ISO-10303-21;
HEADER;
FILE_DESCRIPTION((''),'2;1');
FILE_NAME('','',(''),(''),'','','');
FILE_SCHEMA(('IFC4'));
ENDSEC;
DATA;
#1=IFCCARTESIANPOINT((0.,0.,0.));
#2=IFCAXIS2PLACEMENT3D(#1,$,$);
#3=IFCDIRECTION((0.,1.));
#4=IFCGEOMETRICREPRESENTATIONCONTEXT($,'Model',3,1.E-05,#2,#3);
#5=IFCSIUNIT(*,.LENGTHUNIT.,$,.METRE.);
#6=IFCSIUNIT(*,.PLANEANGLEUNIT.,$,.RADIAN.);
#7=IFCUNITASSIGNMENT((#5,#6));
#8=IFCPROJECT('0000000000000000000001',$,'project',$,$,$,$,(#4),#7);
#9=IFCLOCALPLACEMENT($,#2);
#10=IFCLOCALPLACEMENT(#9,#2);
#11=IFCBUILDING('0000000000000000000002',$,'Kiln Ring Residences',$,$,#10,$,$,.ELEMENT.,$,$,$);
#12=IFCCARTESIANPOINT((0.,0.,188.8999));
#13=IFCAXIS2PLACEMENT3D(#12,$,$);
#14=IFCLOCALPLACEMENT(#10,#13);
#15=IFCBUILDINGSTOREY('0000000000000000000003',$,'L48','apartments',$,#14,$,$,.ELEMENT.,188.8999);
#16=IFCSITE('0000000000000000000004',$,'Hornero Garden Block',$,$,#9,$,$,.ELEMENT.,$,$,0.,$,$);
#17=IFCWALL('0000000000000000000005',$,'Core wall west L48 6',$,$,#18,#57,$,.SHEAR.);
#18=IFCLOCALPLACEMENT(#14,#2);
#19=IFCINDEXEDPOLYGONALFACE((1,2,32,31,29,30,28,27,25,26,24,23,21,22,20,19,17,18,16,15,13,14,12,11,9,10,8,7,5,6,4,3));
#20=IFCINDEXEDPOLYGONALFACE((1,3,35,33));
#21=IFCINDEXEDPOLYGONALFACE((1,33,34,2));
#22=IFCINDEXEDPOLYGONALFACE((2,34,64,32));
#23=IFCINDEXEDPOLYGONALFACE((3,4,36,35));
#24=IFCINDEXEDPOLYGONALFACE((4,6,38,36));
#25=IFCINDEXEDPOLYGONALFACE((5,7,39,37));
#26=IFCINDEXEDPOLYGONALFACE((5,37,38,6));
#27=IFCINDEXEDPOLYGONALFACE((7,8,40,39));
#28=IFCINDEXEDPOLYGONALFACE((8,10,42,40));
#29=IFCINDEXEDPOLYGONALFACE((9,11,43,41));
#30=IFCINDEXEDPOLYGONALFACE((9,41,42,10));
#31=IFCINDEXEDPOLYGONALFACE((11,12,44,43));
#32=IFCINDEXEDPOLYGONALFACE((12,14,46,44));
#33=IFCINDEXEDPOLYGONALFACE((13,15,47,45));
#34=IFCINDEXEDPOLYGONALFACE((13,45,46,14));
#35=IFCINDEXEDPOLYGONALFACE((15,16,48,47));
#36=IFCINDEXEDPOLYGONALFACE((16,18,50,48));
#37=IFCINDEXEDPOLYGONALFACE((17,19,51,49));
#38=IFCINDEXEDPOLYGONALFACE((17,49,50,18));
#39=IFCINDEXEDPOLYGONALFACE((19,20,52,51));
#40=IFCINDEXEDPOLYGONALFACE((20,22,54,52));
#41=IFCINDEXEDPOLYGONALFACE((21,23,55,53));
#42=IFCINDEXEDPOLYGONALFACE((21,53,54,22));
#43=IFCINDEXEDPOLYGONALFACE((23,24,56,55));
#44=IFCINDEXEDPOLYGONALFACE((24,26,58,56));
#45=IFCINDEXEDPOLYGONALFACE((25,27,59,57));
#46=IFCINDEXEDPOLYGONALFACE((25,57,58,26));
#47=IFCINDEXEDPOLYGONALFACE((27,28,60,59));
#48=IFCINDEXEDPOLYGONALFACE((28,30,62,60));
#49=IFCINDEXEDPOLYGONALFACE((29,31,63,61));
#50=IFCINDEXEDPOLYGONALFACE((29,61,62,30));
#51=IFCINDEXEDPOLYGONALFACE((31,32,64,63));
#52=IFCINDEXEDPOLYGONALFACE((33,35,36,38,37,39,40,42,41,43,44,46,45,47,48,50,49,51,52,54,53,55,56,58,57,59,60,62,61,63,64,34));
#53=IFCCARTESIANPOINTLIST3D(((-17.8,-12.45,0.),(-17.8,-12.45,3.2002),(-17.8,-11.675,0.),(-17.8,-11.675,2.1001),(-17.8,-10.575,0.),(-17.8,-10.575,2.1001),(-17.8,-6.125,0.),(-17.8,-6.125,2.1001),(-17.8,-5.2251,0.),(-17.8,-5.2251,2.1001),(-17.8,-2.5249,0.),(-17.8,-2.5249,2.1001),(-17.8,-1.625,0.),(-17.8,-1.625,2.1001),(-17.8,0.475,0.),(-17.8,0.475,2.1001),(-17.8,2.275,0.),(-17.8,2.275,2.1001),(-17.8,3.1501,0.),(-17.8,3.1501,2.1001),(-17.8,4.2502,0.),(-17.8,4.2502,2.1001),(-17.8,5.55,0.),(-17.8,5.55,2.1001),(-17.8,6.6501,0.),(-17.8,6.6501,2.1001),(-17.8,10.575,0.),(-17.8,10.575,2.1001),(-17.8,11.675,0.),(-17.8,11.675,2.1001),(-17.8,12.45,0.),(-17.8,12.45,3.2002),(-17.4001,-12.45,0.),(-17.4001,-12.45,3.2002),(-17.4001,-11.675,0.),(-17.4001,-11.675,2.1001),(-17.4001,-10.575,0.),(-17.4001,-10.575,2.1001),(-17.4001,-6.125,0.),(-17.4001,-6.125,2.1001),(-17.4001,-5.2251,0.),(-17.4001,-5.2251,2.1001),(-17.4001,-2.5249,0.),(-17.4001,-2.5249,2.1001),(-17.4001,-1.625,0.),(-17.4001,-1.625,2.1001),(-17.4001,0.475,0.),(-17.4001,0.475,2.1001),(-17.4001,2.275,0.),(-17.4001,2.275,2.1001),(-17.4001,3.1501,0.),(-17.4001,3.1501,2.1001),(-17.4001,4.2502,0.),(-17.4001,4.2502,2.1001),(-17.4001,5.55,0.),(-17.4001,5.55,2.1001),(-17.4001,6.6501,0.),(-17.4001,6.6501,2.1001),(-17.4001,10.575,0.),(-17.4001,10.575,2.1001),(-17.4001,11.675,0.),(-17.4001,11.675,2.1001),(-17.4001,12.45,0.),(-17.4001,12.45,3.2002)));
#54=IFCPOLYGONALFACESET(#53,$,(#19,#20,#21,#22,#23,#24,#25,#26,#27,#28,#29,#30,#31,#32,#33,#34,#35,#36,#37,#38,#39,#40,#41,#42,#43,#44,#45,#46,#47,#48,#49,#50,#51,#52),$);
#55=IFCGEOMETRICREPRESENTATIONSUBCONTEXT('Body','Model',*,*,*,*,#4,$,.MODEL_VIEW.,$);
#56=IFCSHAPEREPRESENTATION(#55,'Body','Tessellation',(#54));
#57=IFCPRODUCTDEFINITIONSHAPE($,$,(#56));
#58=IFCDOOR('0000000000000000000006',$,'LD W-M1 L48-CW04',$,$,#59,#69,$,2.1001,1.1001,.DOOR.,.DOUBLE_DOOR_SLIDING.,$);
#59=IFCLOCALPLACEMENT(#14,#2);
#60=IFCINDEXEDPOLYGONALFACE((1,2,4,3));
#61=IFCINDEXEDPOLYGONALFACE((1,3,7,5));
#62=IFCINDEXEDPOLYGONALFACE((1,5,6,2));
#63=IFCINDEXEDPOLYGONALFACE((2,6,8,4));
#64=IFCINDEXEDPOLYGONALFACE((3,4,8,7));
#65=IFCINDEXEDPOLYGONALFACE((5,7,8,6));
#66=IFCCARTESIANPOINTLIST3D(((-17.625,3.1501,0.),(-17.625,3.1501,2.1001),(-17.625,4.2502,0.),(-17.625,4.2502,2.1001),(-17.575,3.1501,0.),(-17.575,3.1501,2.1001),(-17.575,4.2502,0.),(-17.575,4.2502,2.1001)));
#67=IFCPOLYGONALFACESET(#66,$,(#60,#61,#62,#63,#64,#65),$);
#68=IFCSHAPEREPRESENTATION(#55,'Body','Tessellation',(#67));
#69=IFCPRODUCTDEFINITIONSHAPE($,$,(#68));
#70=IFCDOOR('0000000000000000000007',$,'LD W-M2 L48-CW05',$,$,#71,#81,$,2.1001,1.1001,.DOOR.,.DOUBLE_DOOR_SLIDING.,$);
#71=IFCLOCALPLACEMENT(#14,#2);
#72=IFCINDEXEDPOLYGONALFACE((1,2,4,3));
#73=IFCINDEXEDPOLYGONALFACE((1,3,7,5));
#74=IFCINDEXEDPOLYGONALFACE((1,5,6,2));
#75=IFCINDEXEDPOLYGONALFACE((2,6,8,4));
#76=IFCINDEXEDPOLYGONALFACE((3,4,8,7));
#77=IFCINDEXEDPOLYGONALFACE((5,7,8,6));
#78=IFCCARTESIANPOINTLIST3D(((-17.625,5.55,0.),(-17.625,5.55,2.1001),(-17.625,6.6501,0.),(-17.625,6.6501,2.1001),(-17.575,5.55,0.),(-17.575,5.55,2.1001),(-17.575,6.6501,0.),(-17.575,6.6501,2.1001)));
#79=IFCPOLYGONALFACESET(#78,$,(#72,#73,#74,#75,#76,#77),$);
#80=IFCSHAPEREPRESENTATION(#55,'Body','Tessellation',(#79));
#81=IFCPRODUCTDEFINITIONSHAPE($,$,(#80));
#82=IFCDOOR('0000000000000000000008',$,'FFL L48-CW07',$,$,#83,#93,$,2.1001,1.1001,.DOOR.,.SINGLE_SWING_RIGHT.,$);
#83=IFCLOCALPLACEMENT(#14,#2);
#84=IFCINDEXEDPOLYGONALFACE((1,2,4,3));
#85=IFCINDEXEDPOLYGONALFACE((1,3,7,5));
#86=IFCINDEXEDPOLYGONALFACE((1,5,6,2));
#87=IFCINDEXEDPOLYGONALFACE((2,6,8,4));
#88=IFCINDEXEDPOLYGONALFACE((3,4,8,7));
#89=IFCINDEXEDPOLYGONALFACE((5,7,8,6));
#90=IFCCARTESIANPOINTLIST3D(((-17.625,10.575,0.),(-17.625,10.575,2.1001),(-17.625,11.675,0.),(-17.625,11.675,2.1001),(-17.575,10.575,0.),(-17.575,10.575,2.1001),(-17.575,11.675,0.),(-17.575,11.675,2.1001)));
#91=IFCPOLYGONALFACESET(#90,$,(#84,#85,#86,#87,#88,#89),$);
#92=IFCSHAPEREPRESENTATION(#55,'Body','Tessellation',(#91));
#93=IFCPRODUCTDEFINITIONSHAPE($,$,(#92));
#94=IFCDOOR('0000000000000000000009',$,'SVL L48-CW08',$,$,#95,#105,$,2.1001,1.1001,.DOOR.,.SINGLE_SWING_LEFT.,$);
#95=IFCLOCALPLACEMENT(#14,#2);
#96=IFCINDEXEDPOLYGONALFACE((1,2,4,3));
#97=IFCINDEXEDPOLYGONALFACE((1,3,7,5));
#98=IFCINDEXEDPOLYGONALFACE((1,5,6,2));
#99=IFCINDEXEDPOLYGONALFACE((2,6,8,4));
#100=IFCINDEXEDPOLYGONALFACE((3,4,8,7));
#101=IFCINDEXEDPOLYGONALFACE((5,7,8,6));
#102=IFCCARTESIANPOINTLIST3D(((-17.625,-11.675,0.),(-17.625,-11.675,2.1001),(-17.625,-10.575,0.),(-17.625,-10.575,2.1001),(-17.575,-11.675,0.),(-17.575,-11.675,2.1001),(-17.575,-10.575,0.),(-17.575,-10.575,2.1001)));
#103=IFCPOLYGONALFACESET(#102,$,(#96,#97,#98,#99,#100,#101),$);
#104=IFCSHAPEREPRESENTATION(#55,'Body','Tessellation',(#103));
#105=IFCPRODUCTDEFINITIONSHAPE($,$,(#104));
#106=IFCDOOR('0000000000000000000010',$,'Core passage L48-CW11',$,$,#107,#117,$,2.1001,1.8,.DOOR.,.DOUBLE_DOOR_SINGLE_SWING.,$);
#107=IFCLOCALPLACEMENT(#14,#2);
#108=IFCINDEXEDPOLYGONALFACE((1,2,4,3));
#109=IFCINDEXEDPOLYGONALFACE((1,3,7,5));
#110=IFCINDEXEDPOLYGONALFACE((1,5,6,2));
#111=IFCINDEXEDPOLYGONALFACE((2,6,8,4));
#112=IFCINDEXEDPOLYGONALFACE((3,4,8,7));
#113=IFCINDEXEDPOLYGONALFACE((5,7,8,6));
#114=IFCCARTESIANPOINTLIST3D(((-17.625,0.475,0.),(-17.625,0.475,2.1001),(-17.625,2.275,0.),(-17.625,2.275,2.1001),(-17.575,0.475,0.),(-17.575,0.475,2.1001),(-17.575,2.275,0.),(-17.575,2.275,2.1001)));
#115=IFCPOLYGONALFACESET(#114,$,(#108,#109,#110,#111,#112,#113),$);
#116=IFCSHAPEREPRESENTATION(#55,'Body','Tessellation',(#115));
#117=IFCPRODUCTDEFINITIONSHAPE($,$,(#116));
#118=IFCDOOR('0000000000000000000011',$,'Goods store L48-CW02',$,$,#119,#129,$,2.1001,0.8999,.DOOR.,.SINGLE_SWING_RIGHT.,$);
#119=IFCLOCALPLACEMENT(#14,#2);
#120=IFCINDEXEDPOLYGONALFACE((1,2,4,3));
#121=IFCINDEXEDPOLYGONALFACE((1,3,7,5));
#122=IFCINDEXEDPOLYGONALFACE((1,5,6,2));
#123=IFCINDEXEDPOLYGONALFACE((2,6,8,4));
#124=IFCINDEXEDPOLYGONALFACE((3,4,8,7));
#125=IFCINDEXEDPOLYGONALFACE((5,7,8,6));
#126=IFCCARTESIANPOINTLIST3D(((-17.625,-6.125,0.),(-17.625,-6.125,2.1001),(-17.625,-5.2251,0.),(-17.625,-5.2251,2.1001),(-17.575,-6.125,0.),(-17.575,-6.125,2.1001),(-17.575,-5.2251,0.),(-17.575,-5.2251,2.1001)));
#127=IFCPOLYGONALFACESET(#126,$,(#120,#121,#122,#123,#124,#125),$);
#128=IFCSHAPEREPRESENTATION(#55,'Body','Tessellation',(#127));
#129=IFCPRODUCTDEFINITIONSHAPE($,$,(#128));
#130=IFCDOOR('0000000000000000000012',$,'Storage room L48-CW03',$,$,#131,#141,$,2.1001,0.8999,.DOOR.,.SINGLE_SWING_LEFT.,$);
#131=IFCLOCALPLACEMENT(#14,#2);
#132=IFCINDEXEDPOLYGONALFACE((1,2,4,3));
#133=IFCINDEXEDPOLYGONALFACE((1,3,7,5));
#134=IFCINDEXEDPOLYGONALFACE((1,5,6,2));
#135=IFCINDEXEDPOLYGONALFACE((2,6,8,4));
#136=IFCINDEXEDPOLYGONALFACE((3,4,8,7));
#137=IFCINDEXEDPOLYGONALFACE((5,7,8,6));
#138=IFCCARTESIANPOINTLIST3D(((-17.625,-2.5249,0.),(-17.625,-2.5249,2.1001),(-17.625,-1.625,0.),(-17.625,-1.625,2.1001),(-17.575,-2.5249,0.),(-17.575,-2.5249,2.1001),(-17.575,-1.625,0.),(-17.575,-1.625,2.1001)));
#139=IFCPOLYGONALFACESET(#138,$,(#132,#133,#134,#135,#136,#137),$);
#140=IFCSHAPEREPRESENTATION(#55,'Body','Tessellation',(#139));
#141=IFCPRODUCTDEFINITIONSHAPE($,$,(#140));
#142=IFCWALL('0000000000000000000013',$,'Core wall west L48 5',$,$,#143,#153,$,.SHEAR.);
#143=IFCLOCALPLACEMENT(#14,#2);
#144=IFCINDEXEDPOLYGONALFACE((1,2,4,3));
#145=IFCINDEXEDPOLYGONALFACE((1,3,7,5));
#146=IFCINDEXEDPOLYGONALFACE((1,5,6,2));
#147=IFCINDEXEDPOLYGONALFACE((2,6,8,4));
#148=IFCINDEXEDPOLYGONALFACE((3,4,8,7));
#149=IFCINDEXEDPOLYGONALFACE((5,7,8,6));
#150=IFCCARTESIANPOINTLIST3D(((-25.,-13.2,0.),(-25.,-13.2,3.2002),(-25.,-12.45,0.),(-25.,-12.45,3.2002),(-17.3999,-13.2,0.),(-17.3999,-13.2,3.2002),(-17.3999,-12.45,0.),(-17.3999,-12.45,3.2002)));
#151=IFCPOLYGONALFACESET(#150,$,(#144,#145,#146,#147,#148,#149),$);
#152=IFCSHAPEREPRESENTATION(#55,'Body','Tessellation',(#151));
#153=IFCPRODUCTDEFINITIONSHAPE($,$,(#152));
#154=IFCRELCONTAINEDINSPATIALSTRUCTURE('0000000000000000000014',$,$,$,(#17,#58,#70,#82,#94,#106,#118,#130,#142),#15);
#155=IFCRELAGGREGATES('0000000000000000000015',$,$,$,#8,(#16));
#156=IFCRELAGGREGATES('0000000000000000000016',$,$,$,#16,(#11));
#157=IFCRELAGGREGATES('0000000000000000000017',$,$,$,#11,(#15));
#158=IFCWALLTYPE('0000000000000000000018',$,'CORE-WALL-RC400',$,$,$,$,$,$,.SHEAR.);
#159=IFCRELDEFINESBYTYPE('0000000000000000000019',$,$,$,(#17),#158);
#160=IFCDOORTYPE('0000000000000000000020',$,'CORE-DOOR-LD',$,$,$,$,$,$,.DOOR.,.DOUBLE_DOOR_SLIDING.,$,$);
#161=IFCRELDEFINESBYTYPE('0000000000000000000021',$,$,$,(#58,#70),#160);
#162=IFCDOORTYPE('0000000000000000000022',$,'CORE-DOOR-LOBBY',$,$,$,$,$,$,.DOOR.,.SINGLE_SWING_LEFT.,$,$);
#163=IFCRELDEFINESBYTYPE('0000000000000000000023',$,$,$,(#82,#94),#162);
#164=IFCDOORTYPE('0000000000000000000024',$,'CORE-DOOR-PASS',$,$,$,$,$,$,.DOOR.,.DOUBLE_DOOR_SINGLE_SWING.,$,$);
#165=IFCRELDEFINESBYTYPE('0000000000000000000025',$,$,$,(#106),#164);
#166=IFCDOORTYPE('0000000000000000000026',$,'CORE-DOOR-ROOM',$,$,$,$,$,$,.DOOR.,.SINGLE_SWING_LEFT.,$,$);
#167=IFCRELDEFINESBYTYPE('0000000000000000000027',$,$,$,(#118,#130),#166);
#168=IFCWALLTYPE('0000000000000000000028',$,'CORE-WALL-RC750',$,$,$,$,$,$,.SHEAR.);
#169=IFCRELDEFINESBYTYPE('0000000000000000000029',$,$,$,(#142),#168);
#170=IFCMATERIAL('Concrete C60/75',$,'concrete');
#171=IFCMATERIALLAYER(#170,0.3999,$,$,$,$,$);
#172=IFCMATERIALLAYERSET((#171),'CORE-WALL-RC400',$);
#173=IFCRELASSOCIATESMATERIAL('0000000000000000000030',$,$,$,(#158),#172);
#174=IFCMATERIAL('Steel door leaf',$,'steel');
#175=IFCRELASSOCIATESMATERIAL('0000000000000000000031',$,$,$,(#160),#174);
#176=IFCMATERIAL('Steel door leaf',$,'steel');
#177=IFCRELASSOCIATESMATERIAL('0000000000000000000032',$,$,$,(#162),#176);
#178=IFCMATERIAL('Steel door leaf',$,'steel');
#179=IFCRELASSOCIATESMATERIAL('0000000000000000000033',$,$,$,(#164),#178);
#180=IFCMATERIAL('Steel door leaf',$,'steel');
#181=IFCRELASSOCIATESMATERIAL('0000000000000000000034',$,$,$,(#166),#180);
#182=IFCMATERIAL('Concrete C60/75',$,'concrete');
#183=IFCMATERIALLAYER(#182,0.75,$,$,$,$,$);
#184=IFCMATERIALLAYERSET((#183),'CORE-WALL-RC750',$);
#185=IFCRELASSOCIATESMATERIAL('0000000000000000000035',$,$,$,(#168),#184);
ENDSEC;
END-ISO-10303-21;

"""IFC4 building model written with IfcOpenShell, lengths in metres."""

from ifc_helpers import new_model, si_unit, direction, frame, frame_2d, origin, place, context, subcontext, project, spatial, rectangle, extrude, material, layer, layer_set, type_object, element, fill, save


model = new_model("IFC4")

# Units and contexts
model_context = context("Model", 3, precision=1e-05, world=origin(), true_north=direction((0.0, 1.0)))
body_context = subcontext(model_context, "Body", "Model", "MODEL_VIEW")
ifc_project = project(units=[si_unit("LENGTHUNIT", "METRE"), si_unit("PLANEANGLEUNIT", "RADIAN")], contexts=[model_context])

# Site, building, storey
site_placement = place(None, origin())
site = spatial("IfcSite", under=ifc_project, at=site_placement, Name="Hornero Garden Block", CompositionType="ELEMENT", RefElevation=0.0)
building_placement = place(site_placement, origin())
building = spatial("IfcBuilding", under=site, at=building_placement, Name="Kiln Ring Residences", CompositionType="ELEMENT")
storey_placement = place(building_placement, frame((0.0, 0.0, 188.8999)))
storey = spatial("IfcBuildingStorey", under=building, at=storey_placement, Name="L48", Description="apartments", CompositionType="ELEMENT", Elevation=188.8999)

# Wall, openings, doors
ifc_material_1 = material(Name="Concrete C60/75", Category="concrete")
ifc_layer_1 = layer(ifc_material_1, 0.3999)
ifc_layer_set_1 = layer_set([ifc_layer_1], Name="CORE-WALL-RC400")
wall_type_1 = type_object("IfcWallType", Name="CORE-WALL-RC400", PredefinedType="SHEAR", material=ifc_layer_set_1)
wall_1_placement = place(storey_placement, frame((-17.6001, -12.45, 0.0), z_axis=(0.0, 0.0, 1.0), x_axis=(0.0, 1.0, 0.0)))
wall_1 = element("IfcWall", 1, at=wall_1_placement, inside=storey, type_object=wall_type_1, Name="Core wall west L48 6", PredefinedType="SHEAR", context=body_context, shape_type="SweptSolid", body=[
    extrude(rectangle(XDim=24.8999, YDim=0.3999, at=frame_2d((12.45, 0.0))), origin(), (0.0, 0.0, 1.0), 3.2002),
])
opening_1_placement = place(wall_1_placement, frame((6.325, 0.0, 0.0)))
opening_1 = element("IfcOpeningElement", 2, at=opening_1_placement, cuts=wall_1, PredefinedType="OPENING", context=body_context, shape_type="SweptSolid", body=[
    extrude(rectangle(XDim=0.8999, YDim=2.1001, at=frame_2d((0.45, 1.05))), frame((0.0, 0.21, 0.0), z_axis=(0.0, -1.0, 0.0), x_axis=(1.0, 0.0, 0.0)), (0.0, 0.0, 1.0), 0.4199),
])
opening_2_placement = place(wall_1_placement, frame((9.925, 0.0, 0.0)))
opening_2 = element("IfcOpeningElement", 3, at=opening_2_placement, cuts=wall_1, PredefinedType="OPENING", context=body_context, shape_type="SweptSolid", body=[
    extrude(rectangle(XDim=0.8999, YDim=2.1001, at=frame_2d((0.45, 1.05))), frame((0.0, 0.21, 0.0), z_axis=(0.0, -1.0, 0.0), x_axis=(1.0, 0.0, 0.0)), (0.0, 0.0, 1.0), 0.4199),
])
opening_3_placement = place(wall_1_placement, frame((15.6001, 0.0, 0.0)))
opening_3 = element("IfcOpeningElement", 4, at=opening_3_placement, cuts=wall_1, PredefinedType="OPENING", context=body_context, shape_type="SweptSolid", body=[
    extrude(rectangle(XDim=1.1001, YDim=2.1001, at=frame_2d((0.55, 1.05))), frame((0.0, 0.21, 0.0), z_axis=(0.0, -1.0, 0.0), x_axis=(1.0, 0.0, 0.0)), (0.0, 0.0, 1.0), 0.4199),
])
opening_4_placement = place(wall_1_placement, frame((18.0, 0.0, 0.0)))
opening_4 = element("IfcOpeningElement", 5, at=opening_4_placement, cuts=wall_1, PredefinedType="OPENING", context=body_context, shape_type="SweptSolid", body=[
    extrude(rectangle(XDim=1.1001, YDim=2.1001, at=frame_2d((0.55, 1.05))), frame((0.0, 0.21, 0.0), z_axis=(0.0, -1.0, 0.0), x_axis=(1.0, 0.0, 0.0)), (0.0, 0.0, 1.0), 0.4199),
])
opening_5_placement = place(wall_1_placement, frame((23.0249, 0.0, 0.0)))
opening_5 = element("IfcOpeningElement", 6, at=opening_5_placement, cuts=wall_1, PredefinedType="OPENING", context=body_context, shape_type="SweptSolid", body=[
    extrude(rectangle(XDim=1.1001, YDim=2.1001, at=frame_2d((0.55, 1.05))), frame((0.0, 0.21, 0.0), z_axis=(0.0, -1.0, 0.0), x_axis=(1.0, 0.0, 0.0)), (0.0, 0.0, 1.0), 0.4199),
])
opening_6_placement = place(wall_1_placement, frame((0.7749, 0.0, 0.0)))
opening_6 = element("IfcOpeningElement", 7, at=opening_6_placement, cuts=wall_1, PredefinedType="OPENING", context=body_context, shape_type="SweptSolid", body=[
    extrude(rectangle(XDim=1.1001, YDim=2.1001, at=frame_2d((0.55, 1.05))), frame((0.0, 0.21, 0.0), z_axis=(0.0, -1.0, 0.0), x_axis=(1.0, 0.0, 0.0)), (0.0, 0.0, 1.0), 0.4199),
])
opening_7_placement = place(wall_1_placement, frame((12.925, 0.0, 0.0)))
opening_7 = element("IfcOpeningElement", 8, at=opening_7_placement, cuts=wall_1, PredefinedType="OPENING", context=body_context, shape_type="SweptSolid", body=[
    extrude(rectangle(XDim=1.8, YDim=2.1001, at=frame_2d((0.8999, 1.05))), frame((0.0, 0.21, 0.0), z_axis=(0.0, -1.0, 0.0), x_axis=(1.0, 0.0, 0.0)), (0.0, 0.0, 1.0), 0.4199),
])
ifc_material_2 = material(Name="Steel door leaf", Category="steel")
door_type_1 = type_object("IfcDoorType", Name="CORE-DOOR-LD", OperationType="DOUBLE_DOOR_SLIDING", PredefinedType="DOOR", material=ifc_material_2)
door_1_placement = place(opening_3_placement, origin())
door_1 = element("IfcDoor", 9, at=door_1_placement, inside=storey, type_object=door_type_1, Name="LD W-M1 L48-CW04", OperationType="DOUBLE_DOOR_SLIDING", OverallHeight=2.1001, OverallWidth=1.1001, PredefinedType="DOOR", context=body_context, shape_type="SweptSolid", body=[
    extrude(rectangle(XDim=1.1001, YDim=2.1001, at=frame_2d((0.55, 1.05))), frame((0.0, 0.0249, 0.0), z_axis=(0.0, -1.0, 0.0), x_axis=(1.0, 0.0, 0.0)), (0.0, 0.0, 1.0), 0.05),
])
fill(opening_3, door_1)
door_2_placement = place(opening_4_placement, origin())
door_2 = element("IfcDoor", 10, at=door_2_placement, inside=storey, type_object=door_type_1, Name="LD W-M2 L48-CW05", OperationType="DOUBLE_DOOR_SLIDING", OverallHeight=2.1001, OverallWidth=1.1001, PredefinedType="DOOR", context=body_context, shape_type="SweptSolid", body=[
    extrude(rectangle(XDim=1.1001, YDim=2.1001, at=frame_2d((0.55, 1.05))), frame((0.0, 0.0249, 0.0), z_axis=(0.0, -1.0, 0.0), x_axis=(1.0, 0.0, 0.0)), (0.0, 0.0, 1.0), 0.05),
])
fill(opening_4, door_2)
ifc_material_3 = material(Name="Steel door leaf", Category="steel")
door_type_2 = type_object("IfcDoorType", Name="CORE-DOOR-LOBBY", OperationType="SINGLE_SWING_LEFT", PredefinedType="DOOR", material=ifc_material_3)
door_3_placement = place(opening_5_placement, origin())
door_3 = element("IfcDoor", 11, at=door_3_placement, inside=storey, type_object=door_type_2, Name="FFL L48-CW07", OperationType="SINGLE_SWING_RIGHT", OverallHeight=2.1001, OverallWidth=1.1001, PredefinedType="DOOR", context=body_context, shape_type="SweptSolid", body=[
    extrude(rectangle(XDim=1.1001, YDim=2.1001, at=frame_2d((0.55, 1.05))), frame((0.0, 0.0249, 0.0), z_axis=(0.0, -1.0, 0.0), x_axis=(1.0, 0.0, 0.0)), (0.0, 0.0, 1.0), 0.05),
])
fill(opening_5, door_3)
door_4_placement = place(opening_6_placement, origin())
door_4 = element("IfcDoor", 12, at=door_4_placement, inside=storey, type_object=door_type_2, Name="SVL L48-CW08", OperationType="SINGLE_SWING_LEFT", OverallHeight=2.1001, OverallWidth=1.1001, PredefinedType="DOOR", context=body_context, shape_type="SweptSolid", body=[
    extrude(rectangle(XDim=1.1001, YDim=2.1001, at=frame_2d((0.55, 1.05))), frame((0.0, 0.0249, 0.0), z_axis=(0.0, -1.0, 0.0), x_axis=(1.0, 0.0, 0.0)), (0.0, 0.0, 1.0), 0.05),
])
fill(opening_6, door_4)
ifc_material_4 = material(Name="Steel door leaf", Category="steel")
door_type_3 = type_object("IfcDoorType", Name="CORE-DOOR-PASS", OperationType="DOUBLE_DOOR_SINGLE_SWING", PredefinedType="DOOR", material=ifc_material_4)
door_5_placement = place(opening_7_placement, origin())
door_5 = element("IfcDoor", 13, at=door_5_placement, inside=storey, type_object=door_type_3, Name="Core passage L48-CW11", OperationType="DOUBLE_DOOR_SINGLE_SWING", OverallHeight=2.1001, OverallWidth=1.8, PredefinedType="DOOR", context=body_context, shape_type="SweptSolid", body=[
    extrude(rectangle(XDim=1.8, YDim=2.1001, at=frame_2d((0.8999, 1.05))), frame((0.0, 0.0249, 0.0), z_axis=(0.0, -1.0, 0.0), x_axis=(1.0, 0.0, 0.0)), (0.0, 0.0, 1.0), 0.05),
])
fill(opening_7, door_5)
ifc_material_5 = material(Name="Steel door leaf", Category="steel")
door_type_4 = type_object("IfcDoorType", Name="CORE-DOOR-ROOM", OperationType="SINGLE_SWING_LEFT", PredefinedType="DOOR", material=ifc_material_5)
door_6_placement = place(opening_1_placement, origin())
door_6 = element("IfcDoor", 14, at=door_6_placement, inside=storey, type_object=door_type_4, Name="Goods store L48-CW02", OperationType="SINGLE_SWING_RIGHT", OverallHeight=2.1001, OverallWidth=0.8999, PredefinedType="DOOR", context=body_context, shape_type="SweptSolid", body=[
    extrude(rectangle(XDim=0.8999, YDim=2.1001, at=frame_2d((0.45, 1.05))), frame((0.0, 0.0249, 0.0), z_axis=(0.0, -1.0, 0.0), x_axis=(1.0, 0.0, 0.0)), (0.0, 0.0, 1.0), 0.05),
])
fill(opening_1, door_6)
door_7_placement = place(opening_2_placement, origin())
door_7 = element("IfcDoor", 15, at=door_7_placement, inside=storey, type_object=door_type_4, Name="Storage room L48-CW03", OperationType="SINGLE_SWING_LEFT", OverallHeight=2.1001, OverallWidth=0.8999, PredefinedType="DOOR", context=body_context, shape_type="SweptSolid", body=[
    extrude(rectangle(XDim=0.8999, YDim=2.1001, at=frame_2d((0.45, 1.05))), frame((0.0, 0.0249, 0.0), z_axis=(0.0, -1.0, 0.0), x_axis=(1.0, 0.0, 0.0)), (0.0, 0.0, 1.0), 0.05),
])
fill(opening_2, door_7)

# Wall
ifc_material_6 = material(Name="Concrete C60/75", Category="concrete")
ifc_layer_2 = layer(ifc_material_6, 0.75)
ifc_layer_set_2 = layer_set([ifc_layer_2], Name="CORE-WALL-RC750")
wall_type_2 = type_object("IfcWallType", Name="CORE-WALL-RC750", PredefinedType="SHEAR", material=ifc_layer_set_2)
wall_2_placement = place(storey_placement, frame((-17.3999, -12.825, 0.0), z_axis=(0.0, 0.0, 1.0), x_axis=(-1.0, 0.0, 0.0)))
element("IfcWall", 16, at=wall_2_placement, inside=storey, type_object=wall_type_2, Name="Core wall west L48 5", PredefinedType="SHEAR", context=body_context, shape_type="SweptSolid", body=[
    extrude(rectangle(XDim=7.6001, YDim=0.75, at=frame_2d((3.8, 0.0))), origin(), (0.0, 0.0, 1.0), 3.2002),
])

save(model, "model.ifc")
